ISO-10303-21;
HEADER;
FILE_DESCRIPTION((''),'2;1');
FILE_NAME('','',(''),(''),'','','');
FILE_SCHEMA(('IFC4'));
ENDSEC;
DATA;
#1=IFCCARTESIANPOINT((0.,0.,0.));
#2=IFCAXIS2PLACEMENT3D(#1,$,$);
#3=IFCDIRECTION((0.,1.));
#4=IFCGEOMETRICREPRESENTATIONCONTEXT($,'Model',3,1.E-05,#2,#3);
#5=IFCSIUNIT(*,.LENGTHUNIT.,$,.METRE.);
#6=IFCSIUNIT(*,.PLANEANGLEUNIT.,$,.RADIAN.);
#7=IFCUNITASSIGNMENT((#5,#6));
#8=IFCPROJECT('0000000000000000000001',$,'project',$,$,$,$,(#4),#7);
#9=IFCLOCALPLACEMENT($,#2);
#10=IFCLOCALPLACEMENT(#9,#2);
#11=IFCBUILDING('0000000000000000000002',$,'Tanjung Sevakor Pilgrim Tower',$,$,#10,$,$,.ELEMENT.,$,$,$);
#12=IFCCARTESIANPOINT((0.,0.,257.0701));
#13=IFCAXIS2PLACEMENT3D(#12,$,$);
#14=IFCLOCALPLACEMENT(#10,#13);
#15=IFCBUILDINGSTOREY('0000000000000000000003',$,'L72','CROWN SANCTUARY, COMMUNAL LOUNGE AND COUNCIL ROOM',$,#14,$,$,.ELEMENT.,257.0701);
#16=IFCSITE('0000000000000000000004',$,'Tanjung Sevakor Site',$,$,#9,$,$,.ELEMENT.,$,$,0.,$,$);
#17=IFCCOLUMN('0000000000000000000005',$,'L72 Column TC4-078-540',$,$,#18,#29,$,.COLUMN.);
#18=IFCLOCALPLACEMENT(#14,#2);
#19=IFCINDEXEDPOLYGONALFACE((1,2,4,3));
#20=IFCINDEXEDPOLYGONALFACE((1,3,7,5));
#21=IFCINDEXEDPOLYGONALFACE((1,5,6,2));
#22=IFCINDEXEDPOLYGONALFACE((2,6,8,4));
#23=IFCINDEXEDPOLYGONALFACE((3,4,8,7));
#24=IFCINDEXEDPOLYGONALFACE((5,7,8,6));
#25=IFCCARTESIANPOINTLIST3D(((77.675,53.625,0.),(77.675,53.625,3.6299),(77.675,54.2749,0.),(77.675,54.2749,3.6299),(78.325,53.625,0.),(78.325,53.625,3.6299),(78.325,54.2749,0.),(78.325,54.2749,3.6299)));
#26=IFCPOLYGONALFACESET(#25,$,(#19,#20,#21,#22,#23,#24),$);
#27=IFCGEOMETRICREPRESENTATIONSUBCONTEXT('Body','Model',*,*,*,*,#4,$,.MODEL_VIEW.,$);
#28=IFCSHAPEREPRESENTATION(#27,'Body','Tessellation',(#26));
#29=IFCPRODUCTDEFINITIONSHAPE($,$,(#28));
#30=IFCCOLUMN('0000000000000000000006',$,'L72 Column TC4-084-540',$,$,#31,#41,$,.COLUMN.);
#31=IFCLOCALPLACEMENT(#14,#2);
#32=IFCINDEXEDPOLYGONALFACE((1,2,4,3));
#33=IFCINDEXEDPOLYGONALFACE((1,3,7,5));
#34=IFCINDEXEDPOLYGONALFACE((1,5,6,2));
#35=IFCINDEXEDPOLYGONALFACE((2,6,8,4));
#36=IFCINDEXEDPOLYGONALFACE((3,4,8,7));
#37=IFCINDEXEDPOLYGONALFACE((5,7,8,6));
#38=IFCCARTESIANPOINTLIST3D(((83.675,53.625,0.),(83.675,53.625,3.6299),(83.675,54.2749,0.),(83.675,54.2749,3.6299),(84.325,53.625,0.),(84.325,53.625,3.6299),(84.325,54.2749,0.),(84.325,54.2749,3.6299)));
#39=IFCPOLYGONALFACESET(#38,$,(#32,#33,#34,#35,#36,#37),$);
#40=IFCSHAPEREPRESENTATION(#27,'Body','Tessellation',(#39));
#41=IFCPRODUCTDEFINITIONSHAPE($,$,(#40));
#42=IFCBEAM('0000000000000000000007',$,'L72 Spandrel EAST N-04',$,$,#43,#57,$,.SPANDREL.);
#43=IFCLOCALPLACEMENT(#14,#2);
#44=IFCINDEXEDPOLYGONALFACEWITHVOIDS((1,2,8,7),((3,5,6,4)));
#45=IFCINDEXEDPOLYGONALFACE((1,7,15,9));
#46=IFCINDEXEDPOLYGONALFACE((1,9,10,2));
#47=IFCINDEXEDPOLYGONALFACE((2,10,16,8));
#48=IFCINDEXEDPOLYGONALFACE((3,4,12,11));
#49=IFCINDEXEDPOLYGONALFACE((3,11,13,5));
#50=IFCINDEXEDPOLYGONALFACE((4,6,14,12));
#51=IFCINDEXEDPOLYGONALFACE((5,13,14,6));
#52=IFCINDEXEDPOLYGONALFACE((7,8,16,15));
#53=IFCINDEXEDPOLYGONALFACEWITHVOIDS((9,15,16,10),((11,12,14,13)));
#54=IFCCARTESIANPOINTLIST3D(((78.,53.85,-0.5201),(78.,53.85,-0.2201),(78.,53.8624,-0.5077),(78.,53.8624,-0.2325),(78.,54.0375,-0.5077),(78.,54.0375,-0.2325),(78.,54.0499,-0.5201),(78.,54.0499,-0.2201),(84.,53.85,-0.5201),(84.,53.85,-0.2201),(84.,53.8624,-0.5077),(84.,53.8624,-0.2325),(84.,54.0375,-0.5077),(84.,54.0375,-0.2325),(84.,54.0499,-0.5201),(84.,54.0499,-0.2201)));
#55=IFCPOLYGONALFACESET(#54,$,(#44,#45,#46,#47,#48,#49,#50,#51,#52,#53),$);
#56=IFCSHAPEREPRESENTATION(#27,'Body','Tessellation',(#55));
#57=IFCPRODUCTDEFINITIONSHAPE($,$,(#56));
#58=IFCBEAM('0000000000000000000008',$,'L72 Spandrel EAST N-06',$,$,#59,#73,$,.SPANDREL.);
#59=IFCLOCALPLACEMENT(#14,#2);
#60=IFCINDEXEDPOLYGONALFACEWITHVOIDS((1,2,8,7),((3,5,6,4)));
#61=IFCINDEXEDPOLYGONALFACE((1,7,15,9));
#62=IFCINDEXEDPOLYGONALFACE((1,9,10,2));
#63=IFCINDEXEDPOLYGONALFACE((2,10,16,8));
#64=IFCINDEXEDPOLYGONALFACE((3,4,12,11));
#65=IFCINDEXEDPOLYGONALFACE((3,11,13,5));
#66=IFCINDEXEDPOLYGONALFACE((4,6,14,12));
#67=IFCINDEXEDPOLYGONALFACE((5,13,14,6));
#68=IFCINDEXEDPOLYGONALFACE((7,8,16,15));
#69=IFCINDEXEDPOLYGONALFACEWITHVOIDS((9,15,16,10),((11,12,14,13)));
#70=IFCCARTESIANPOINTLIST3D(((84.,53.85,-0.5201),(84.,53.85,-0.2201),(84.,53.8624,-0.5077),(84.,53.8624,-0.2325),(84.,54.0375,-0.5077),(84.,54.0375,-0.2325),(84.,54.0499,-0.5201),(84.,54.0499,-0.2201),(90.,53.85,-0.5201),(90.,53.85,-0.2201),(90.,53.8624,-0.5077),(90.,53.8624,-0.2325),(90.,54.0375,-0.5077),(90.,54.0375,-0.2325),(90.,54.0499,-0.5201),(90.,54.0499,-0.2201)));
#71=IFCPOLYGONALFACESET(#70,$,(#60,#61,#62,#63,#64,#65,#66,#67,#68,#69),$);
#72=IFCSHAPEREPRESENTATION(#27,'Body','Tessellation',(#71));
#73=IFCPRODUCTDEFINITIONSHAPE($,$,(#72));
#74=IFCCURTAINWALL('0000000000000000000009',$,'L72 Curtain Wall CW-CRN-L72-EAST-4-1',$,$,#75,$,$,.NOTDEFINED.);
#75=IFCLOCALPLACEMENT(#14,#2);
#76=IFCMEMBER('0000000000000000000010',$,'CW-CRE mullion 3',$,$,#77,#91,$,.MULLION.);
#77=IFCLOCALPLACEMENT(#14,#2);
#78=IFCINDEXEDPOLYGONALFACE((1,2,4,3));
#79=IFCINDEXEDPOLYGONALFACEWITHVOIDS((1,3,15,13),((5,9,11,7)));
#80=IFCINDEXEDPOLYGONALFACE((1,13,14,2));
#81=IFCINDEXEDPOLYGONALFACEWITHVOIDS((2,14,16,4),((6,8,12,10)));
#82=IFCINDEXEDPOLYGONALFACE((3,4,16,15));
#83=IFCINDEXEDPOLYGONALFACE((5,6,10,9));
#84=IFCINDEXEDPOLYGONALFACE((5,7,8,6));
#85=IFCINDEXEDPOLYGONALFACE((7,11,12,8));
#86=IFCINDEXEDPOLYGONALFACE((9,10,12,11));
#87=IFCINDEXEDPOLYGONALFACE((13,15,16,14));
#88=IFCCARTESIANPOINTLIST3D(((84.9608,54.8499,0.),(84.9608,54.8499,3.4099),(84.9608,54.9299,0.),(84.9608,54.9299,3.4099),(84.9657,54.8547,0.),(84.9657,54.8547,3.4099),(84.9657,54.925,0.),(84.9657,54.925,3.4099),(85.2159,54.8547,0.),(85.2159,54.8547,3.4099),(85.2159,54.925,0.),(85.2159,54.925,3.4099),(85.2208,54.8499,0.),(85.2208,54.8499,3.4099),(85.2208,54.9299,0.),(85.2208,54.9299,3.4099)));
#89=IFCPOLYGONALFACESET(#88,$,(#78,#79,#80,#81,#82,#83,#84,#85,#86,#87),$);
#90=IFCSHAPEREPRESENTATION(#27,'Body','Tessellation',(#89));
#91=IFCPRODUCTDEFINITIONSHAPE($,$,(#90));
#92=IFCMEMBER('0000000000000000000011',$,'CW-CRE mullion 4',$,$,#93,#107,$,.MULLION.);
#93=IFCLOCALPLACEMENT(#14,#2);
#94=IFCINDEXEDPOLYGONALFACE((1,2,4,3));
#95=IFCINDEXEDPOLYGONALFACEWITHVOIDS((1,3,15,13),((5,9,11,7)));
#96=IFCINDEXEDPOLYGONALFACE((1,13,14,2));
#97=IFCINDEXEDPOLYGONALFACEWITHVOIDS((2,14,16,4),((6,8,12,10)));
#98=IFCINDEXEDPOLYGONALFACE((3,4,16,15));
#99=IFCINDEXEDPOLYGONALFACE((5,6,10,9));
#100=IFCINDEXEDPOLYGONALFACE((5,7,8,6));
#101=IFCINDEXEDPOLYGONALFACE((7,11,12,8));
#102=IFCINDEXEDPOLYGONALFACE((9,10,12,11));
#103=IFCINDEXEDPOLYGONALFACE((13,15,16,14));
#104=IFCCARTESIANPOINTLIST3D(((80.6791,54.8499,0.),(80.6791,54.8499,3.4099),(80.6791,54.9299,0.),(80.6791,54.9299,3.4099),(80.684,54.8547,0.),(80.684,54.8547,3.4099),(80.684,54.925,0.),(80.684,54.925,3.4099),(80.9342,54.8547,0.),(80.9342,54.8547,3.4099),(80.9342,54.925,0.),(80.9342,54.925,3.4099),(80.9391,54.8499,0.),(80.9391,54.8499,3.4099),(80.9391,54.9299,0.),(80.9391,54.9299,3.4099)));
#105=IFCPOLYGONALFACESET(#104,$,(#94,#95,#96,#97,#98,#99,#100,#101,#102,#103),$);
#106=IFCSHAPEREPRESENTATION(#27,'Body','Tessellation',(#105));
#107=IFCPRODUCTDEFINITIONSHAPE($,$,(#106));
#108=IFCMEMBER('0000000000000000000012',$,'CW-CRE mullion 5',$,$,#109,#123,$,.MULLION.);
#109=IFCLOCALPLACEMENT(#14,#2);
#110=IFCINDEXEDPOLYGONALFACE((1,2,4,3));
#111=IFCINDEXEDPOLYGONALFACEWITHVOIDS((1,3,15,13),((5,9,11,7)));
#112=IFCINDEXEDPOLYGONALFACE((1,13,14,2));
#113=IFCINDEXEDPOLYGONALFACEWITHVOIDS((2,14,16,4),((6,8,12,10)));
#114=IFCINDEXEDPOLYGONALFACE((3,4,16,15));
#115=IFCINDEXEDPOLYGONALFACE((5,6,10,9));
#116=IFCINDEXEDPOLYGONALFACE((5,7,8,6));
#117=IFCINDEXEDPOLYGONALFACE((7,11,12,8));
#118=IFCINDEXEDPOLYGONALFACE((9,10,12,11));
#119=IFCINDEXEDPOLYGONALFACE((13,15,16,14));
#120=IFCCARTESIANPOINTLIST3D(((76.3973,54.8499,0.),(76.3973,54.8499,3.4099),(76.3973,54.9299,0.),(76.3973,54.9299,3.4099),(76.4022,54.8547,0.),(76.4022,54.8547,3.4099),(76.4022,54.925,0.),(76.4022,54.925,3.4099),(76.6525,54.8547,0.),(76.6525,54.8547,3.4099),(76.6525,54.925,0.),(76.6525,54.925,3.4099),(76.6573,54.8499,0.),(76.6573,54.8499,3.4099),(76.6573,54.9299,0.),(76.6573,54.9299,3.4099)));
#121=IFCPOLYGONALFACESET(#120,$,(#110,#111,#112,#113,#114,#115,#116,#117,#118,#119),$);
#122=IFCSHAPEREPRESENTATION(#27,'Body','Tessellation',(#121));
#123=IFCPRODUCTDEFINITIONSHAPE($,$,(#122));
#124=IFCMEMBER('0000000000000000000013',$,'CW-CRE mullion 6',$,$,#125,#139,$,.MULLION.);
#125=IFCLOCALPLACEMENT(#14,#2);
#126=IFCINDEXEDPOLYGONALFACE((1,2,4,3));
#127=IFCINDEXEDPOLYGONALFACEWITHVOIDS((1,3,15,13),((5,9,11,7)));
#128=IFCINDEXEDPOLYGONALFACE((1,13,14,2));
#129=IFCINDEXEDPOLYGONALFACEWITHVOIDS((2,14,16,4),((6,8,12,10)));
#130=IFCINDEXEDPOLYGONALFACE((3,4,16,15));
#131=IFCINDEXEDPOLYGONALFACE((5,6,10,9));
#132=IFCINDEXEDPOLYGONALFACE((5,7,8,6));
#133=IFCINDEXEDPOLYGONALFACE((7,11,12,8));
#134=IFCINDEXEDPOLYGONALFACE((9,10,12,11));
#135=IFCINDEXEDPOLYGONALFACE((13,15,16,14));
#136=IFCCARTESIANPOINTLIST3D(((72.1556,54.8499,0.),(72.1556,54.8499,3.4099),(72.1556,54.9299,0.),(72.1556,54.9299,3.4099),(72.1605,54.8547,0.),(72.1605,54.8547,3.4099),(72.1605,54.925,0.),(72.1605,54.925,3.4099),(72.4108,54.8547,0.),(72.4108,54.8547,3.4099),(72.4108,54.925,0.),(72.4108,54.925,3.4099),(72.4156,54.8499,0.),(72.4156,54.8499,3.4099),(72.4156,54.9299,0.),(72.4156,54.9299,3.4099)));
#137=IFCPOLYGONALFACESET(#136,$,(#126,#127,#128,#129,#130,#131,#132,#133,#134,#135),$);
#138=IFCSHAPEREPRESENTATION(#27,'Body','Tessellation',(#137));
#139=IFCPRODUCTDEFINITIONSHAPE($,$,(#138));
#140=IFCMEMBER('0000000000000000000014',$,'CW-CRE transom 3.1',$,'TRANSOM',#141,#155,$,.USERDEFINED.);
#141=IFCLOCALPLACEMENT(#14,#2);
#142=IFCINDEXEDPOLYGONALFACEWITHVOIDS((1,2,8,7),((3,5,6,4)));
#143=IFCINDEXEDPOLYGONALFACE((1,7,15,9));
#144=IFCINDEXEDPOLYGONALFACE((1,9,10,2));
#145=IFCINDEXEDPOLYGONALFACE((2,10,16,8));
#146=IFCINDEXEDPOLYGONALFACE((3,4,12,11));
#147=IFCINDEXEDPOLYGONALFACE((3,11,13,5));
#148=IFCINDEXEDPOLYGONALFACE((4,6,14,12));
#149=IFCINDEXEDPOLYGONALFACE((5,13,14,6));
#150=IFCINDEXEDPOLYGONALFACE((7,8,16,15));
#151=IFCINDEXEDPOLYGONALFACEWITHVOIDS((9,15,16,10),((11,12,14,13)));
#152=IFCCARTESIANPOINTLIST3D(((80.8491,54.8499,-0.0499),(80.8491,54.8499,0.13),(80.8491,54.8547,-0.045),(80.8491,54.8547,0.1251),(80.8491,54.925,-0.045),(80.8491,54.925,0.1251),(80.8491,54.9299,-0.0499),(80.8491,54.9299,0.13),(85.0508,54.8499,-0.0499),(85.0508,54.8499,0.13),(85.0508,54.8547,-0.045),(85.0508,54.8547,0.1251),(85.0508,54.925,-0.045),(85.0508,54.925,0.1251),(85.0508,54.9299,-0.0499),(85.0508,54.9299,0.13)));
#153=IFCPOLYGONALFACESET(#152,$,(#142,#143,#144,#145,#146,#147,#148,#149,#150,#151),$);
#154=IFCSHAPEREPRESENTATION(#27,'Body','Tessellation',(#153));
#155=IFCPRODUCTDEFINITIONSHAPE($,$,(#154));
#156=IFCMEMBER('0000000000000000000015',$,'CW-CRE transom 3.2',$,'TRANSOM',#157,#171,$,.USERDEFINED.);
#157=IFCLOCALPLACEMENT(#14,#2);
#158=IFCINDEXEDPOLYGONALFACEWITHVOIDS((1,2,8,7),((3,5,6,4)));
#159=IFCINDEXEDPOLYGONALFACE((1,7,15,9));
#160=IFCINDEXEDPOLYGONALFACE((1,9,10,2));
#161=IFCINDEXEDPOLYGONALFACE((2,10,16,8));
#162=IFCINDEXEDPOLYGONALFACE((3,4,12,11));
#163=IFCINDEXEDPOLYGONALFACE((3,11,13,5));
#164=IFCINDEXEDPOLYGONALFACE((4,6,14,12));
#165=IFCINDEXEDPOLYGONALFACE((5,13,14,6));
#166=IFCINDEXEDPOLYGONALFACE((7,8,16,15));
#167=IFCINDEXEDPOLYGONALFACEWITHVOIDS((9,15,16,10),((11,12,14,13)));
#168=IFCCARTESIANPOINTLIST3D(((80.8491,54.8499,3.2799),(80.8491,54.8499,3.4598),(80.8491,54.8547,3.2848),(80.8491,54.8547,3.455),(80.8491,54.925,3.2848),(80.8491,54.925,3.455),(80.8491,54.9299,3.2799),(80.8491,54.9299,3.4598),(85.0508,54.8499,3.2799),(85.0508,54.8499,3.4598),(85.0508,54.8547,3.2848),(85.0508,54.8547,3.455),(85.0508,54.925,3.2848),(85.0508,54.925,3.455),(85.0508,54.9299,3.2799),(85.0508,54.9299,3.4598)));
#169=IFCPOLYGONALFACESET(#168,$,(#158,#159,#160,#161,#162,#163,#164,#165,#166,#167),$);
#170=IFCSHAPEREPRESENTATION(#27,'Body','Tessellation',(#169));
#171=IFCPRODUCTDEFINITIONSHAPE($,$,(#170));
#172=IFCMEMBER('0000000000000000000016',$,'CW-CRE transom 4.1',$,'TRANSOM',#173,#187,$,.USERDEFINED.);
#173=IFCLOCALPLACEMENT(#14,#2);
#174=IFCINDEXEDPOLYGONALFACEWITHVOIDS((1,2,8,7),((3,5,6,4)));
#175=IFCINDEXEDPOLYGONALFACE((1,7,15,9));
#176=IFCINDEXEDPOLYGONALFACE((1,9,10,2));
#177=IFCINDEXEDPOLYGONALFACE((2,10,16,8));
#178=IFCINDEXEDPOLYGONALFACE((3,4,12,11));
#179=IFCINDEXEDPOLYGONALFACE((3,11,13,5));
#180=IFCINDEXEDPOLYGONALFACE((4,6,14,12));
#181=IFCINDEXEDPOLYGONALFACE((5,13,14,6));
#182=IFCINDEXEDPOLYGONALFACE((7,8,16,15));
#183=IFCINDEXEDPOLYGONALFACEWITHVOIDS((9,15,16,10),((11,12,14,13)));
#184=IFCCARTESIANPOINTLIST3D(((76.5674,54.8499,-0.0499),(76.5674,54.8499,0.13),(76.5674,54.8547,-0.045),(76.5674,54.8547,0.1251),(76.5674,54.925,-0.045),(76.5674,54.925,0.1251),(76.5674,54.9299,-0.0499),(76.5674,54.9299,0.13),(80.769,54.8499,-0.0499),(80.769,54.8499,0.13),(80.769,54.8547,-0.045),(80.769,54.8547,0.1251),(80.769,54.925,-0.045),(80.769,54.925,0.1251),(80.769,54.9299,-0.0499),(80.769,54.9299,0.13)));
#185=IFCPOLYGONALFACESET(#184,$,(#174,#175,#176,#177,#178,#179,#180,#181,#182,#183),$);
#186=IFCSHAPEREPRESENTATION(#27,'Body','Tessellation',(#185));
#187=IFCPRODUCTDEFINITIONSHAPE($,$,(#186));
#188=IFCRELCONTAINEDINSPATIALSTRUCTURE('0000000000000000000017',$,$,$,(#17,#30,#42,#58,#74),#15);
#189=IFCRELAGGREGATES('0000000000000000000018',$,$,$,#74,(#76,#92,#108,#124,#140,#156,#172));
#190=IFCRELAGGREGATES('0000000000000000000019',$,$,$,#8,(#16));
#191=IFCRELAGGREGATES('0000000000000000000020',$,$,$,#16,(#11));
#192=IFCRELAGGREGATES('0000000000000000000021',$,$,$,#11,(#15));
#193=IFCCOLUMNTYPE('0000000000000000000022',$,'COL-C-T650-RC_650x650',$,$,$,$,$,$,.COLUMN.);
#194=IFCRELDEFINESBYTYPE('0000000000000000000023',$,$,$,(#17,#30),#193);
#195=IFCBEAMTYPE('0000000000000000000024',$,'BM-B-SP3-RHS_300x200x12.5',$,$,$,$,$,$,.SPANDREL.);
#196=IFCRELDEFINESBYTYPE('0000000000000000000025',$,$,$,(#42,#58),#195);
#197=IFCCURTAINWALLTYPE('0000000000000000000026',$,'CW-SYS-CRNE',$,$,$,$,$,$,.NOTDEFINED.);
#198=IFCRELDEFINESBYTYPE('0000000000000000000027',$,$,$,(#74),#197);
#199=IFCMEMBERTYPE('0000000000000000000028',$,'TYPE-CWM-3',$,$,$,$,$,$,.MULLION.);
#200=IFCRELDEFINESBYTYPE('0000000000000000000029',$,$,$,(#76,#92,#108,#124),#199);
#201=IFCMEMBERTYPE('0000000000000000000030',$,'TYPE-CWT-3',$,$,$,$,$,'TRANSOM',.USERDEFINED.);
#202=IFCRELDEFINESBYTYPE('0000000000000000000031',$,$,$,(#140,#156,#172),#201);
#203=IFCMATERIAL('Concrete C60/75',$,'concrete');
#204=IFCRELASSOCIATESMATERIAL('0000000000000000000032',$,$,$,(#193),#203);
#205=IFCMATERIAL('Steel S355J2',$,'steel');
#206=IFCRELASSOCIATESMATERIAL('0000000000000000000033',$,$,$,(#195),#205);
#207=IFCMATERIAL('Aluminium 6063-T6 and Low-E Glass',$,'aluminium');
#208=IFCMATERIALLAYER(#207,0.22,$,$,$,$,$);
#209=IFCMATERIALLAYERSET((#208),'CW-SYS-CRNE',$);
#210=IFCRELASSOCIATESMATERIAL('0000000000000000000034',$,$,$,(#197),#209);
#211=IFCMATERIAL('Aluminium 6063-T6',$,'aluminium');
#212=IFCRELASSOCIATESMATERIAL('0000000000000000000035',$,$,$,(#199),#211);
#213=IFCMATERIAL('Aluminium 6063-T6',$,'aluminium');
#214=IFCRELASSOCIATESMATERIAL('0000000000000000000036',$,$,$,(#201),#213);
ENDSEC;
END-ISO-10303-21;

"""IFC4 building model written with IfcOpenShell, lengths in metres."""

from ifc_helpers import new_model, si_unit, direction, frame, origin, origin_2d, place, context, subcontext, project, spatial, rectangle, hollow_rectangle, extrude, material, layer, layer_set, material_profile, profile_set, type_object, element, aggregate, save


model = new_model("IFC4")

# Units and contexts
model_context = context("Model", 3, precision=1e-05, world=origin(), true_north=direction((0.0, 1.0)))
body_context = subcontext(model_context, "Body", "Model", "MODEL_VIEW")
ifc_project = project(units=[si_unit("LENGTHUNIT", "METRE"), si_unit("PLANEANGLEUNIT", "RADIAN")], contexts=[model_context])

# Site, building, storey
site_placement = place(None, origin())
site = spatial("IfcSite", under=ifc_project, at=site_placement, Name="Tanjung Sevakor Site", CompositionType="ELEMENT", RefElevation=0.0)
building_placement = place(site_placement, origin())
building = spatial("IfcBuilding", under=site, at=building_placement, Name="Tanjung Sevakor Pilgrim Tower", CompositionType="ELEMENT")
storey_placement = place(building_placement, frame((0.0, 0.0, 257.0701)))
storey = spatial("IfcBuildingStorey", under=building, at=storey_placement, Name="L72", Description="CROWN SANCTUARY, COMMUNAL LOUNGE AND COUNCIL ROOM", CompositionType="ELEMENT", Elevation=257.0701)

# Columns
ifc_material_1 = material(Name="Concrete C60/75", Category="concrete")
ifc_material_profile_1 = material_profile(ifc_material_1, rectangle(XDim=0.6499, YDim=0.6499, at=origin_2d()))
ifc_profile_set_1 = profile_set([ifc_material_profile_1], Name="Concrete C60/75")
column_type = type_object("IfcColumnType", Name="COL-C-T650-RC_650x650", PredefinedType="COLUMN", material=ifc_profile_set_1)
for number, where, z_axis, x_axis, name in (
    (1, (78.0, 53.95, 0.0), (0.0, 0.0, 1.0), (1.0, 0.0, 0.0), "L72 Column TC4-078-540"),
    (2, (84.0, 53.95, 0.0), (0.0, 0.0, 1.0), (1.0, 0.0, 0.0), "L72 Column TC4-084-540"),
):
    element("IfcColumn", number, at=place(storey_placement, frame(where, z_axis=z_axis, x_axis=x_axis)), inside=storey, type_object=column_type, Name=name, PredefinedType="COLUMN", context=body_context, shape_type="SweptSolid", body=[
        extrude(rectangle(XDim=0.6499, YDim=0.6499, at=origin_2d()), origin(), (0.0, 0.0, 1.0), 3.6299),
    ])

# Beams
ifc_material_2 = material(Name="Steel S355J2", Category="steel")
ifc_material_profile_2 = material_profile(ifc_material_2, hollow_rectangle(XDim=0.2, YDim=0.3, WallThickness=0.0125, at=origin_2d()))
ifc_profile_set_2 = profile_set([ifc_material_profile_2], Name="Steel S355J2")
beam_type = type_object("IfcBeamType", Name="BM-B-SP3-RHS_300x200x12.5", PredefinedType="SPANDREL", material=ifc_profile_set_2)
for number, where, z_axis, x_axis, name in (
    (3, (78.0, 53.95, -0.3701), (1.0, 0.0, 0.0), (0.0, 1.0, 0.0), "L72 Spandrel EAST N-04"),
    (4, (84.0, 53.95, -0.3701), (1.0, 0.0, 0.0), (0.0, 1.0, 0.0), "L72 Spandrel EAST N-06"),
):
    element("IfcBeam", number, at=place(storey_placement, frame(where, z_axis=z_axis, x_axis=x_axis)), inside=storey, type_object=beam_type, Name=name, PredefinedType="SPANDREL", context=body_context, shape_type="SweptSolid", body=[
        extrude(hollow_rectangle(XDim=0.2, YDim=0.3, WallThickness=0.0125, at=origin_2d()), origin(), (0.0, 0.0, 1.0), 6.0),
    ])

# Curtain wall, members
ifc_material_3 = material(Name="Aluminium 6063-T6 and Low-E Glass", Category="aluminium")
ifc_layer_1 = layer(ifc_material_3, 0.22)
ifc_layer_set_1 = layer_set([ifc_layer_1], Name="CW-SYS-CRNE")
curtain_wall_type = type_object("IfcCurtainWallType", Name="CW-SYS-CRNE", PredefinedType="NOTDEFINED", material=ifc_layer_set_1)
curtain_wall_placement = place(storey_placement, origin())
curtain_wall = element("IfcCurtainWall", 5, at=curtain_wall_placement, inside=storey, type_object=curtain_wall_type, Name="L72 Curtain Wall CW-CRN-L72-EAST-4-1", PredefinedType="NOTDEFINED")
ifc_material_4 = material(Name="Aluminium 6063-T6", Category="aluminium")
ifc_material_profile_3 = material_profile(ifc_material_4, hollow_rectangle(XDim=0.0801, YDim=0.26, WallThickness=0.0049, at=origin_2d()))
ifc_profile_set_3 = profile_set([ifc_material_profile_3], Name="Aluminium 6063-T6")
member_type_1 = type_object("IfcMemberType", Name="TYPE-CWM-3", PredefinedType="MULLION", material=ifc_profile_set_3)
member_1_placement = place(storey_placement, frame((85.0908, 54.8899, 0.0), z_axis=(0.0, 0.0, 1.0), x_axis=(0.0, -1.0, 0.0)))
member_1 = element("IfcMember", 6, at=member_1_placement, type_object=member_type_1, Name="CW-CRE mullion 3", PredefinedType="MULLION", context=body_context, shape_type="SweptSolid", body=[
    extrude(hollow_rectangle(XDim=0.0801, YDim=0.26, WallThickness=0.0049, at=origin_2d()), origin(), (0.0, 0.0, 1.0), 3.4099),
])
member_2_placement = place(storey_placement, frame((80.8091, 54.8899, 0.0), z_axis=(0.0, 0.0, 1.0), x_axis=(0.0, -1.0, 0.0)))
member_2 = element("IfcMember", 7, at=member_2_placement, type_object=member_type_1, Name="CW-CRE mullion 4", PredefinedType="MULLION", context=body_context, shape_type="SweptSolid", body=[
    extrude(hollow_rectangle(XDim=0.0801, YDim=0.26, WallThickness=0.0049, at=origin_2d()), origin(), (0.0, 0.0, 1.0), 3.4099),
])
member_3_placement = place(storey_placement, frame((76.5273, 54.8899, 0.0), z_axis=(0.0, 0.0, 1.0), x_axis=(0.0, -1.0, 0.0)))
member_3 = element("IfcMember", 8, at=member_3_placement, type_object=member_type_1, Name="CW-CRE mullion 5", PredefinedType="MULLION", context=body_context, shape_type="SweptSolid", body=[
    extrude(hollow_rectangle(XDim=0.0801, YDim=0.26, WallThickness=0.0049, at=origin_2d()), origin(), (0.0, 0.0, 1.0), 3.4099),
])
member_4_placement = place(storey_placement, frame((72.2856, 54.8899, 0.0), z_axis=(0.0, 0.0, 1.0), x_axis=(0.0, -1.0, 0.0)))
member_4 = element("IfcMember", 9, at=member_4_placement, type_object=member_type_1, Name="CW-CRE mullion 6", PredefinedType="MULLION", context=body_context, shape_type="SweptSolid", body=[
    extrude(hollow_rectangle(XDim=0.0801, YDim=0.26, WallThickness=0.0049, at=origin_2d()), origin(), (0.0, 0.0, 1.0), 3.4099),
])
ifc_material_5 = material(Name="Aluminium 6063-T6", Category="aluminium")
ifc_material_profile_4 = material_profile(ifc_material_5, hollow_rectangle(XDim=0.0801, YDim=0.1799, WallThickness=0.0049, at=origin_2d()))
ifc_profile_set_4 = profile_set([ifc_material_profile_4], Name="Aluminium 6063-T6")
member_type_2 = type_object("IfcMemberType", Name="TYPE-CWT-3", ElementType="TRANSOM", PredefinedType="USERDEFINED", material=ifc_profile_set_4)
member_5_placement = place(storey_placement, frame((85.0508, 54.8899, 0.04), z_axis=(-1.0, 0.0, 0.0), x_axis=(0.0, -1.0, 0.0)))
member_5 = element("IfcMember", 10, at=member_5_placement, type_object=member_type_2, Name="CW-CRE transom 3.1", ObjectType="TRANSOM", PredefinedType="USERDEFINED", context=body_context, shape_type="SweptSolid", body=[
    extrude(hollow_rectangle(XDim=0.0801, YDim=0.1799, WallThickness=0.0049, at=origin_2d()), origin(), (0.0, 0.0, 1.0), 4.2017),
])
member_6_placement = place(storey_placement, frame((85.0508, 54.8899, 3.3699), z_axis=(-1.0, 0.0, 0.0), x_axis=(0.0, -1.0, 0.0)))
member_6 = element("IfcMember", 11, at=member_6_placement, type_object=member_type_2, Name="CW-CRE transom 3.2", ObjectType="TRANSOM", PredefinedType="USERDEFINED", context=body_context, shape_type="SweptSolid", body=[
    extrude(hollow_rectangle(XDim=0.0801, YDim=0.1799, WallThickness=0.0049, at=origin_2d()), origin(), (0.0, 0.0, 1.0), 4.2017),
])
member_7_placement = place(storey_placement, frame((80.769, 54.8899, 0.04), z_axis=(-1.0, 0.0, 0.0), x_axis=(0.0, -1.0, 0.0)))
member_7 = element("IfcMember", 12, at=member_7_placement, type_object=member_type_2, Name="CW-CRE transom 4.1", ObjectType="TRANSOM", PredefinedType="USERDEFINED", context=body_context, shape_type="SweptSolid", body=[
    extrude(hollow_rectangle(XDim=0.0801, YDim=0.1799, WallThickness=0.0049, at=origin_2d()), origin(), (0.0, 0.0, 1.0), 4.2017),
])
aggregate(curtain_wall, [member_1, member_2, member_3, member_4, member_5, member_6, member_7])

save(model, "model.ifc")
